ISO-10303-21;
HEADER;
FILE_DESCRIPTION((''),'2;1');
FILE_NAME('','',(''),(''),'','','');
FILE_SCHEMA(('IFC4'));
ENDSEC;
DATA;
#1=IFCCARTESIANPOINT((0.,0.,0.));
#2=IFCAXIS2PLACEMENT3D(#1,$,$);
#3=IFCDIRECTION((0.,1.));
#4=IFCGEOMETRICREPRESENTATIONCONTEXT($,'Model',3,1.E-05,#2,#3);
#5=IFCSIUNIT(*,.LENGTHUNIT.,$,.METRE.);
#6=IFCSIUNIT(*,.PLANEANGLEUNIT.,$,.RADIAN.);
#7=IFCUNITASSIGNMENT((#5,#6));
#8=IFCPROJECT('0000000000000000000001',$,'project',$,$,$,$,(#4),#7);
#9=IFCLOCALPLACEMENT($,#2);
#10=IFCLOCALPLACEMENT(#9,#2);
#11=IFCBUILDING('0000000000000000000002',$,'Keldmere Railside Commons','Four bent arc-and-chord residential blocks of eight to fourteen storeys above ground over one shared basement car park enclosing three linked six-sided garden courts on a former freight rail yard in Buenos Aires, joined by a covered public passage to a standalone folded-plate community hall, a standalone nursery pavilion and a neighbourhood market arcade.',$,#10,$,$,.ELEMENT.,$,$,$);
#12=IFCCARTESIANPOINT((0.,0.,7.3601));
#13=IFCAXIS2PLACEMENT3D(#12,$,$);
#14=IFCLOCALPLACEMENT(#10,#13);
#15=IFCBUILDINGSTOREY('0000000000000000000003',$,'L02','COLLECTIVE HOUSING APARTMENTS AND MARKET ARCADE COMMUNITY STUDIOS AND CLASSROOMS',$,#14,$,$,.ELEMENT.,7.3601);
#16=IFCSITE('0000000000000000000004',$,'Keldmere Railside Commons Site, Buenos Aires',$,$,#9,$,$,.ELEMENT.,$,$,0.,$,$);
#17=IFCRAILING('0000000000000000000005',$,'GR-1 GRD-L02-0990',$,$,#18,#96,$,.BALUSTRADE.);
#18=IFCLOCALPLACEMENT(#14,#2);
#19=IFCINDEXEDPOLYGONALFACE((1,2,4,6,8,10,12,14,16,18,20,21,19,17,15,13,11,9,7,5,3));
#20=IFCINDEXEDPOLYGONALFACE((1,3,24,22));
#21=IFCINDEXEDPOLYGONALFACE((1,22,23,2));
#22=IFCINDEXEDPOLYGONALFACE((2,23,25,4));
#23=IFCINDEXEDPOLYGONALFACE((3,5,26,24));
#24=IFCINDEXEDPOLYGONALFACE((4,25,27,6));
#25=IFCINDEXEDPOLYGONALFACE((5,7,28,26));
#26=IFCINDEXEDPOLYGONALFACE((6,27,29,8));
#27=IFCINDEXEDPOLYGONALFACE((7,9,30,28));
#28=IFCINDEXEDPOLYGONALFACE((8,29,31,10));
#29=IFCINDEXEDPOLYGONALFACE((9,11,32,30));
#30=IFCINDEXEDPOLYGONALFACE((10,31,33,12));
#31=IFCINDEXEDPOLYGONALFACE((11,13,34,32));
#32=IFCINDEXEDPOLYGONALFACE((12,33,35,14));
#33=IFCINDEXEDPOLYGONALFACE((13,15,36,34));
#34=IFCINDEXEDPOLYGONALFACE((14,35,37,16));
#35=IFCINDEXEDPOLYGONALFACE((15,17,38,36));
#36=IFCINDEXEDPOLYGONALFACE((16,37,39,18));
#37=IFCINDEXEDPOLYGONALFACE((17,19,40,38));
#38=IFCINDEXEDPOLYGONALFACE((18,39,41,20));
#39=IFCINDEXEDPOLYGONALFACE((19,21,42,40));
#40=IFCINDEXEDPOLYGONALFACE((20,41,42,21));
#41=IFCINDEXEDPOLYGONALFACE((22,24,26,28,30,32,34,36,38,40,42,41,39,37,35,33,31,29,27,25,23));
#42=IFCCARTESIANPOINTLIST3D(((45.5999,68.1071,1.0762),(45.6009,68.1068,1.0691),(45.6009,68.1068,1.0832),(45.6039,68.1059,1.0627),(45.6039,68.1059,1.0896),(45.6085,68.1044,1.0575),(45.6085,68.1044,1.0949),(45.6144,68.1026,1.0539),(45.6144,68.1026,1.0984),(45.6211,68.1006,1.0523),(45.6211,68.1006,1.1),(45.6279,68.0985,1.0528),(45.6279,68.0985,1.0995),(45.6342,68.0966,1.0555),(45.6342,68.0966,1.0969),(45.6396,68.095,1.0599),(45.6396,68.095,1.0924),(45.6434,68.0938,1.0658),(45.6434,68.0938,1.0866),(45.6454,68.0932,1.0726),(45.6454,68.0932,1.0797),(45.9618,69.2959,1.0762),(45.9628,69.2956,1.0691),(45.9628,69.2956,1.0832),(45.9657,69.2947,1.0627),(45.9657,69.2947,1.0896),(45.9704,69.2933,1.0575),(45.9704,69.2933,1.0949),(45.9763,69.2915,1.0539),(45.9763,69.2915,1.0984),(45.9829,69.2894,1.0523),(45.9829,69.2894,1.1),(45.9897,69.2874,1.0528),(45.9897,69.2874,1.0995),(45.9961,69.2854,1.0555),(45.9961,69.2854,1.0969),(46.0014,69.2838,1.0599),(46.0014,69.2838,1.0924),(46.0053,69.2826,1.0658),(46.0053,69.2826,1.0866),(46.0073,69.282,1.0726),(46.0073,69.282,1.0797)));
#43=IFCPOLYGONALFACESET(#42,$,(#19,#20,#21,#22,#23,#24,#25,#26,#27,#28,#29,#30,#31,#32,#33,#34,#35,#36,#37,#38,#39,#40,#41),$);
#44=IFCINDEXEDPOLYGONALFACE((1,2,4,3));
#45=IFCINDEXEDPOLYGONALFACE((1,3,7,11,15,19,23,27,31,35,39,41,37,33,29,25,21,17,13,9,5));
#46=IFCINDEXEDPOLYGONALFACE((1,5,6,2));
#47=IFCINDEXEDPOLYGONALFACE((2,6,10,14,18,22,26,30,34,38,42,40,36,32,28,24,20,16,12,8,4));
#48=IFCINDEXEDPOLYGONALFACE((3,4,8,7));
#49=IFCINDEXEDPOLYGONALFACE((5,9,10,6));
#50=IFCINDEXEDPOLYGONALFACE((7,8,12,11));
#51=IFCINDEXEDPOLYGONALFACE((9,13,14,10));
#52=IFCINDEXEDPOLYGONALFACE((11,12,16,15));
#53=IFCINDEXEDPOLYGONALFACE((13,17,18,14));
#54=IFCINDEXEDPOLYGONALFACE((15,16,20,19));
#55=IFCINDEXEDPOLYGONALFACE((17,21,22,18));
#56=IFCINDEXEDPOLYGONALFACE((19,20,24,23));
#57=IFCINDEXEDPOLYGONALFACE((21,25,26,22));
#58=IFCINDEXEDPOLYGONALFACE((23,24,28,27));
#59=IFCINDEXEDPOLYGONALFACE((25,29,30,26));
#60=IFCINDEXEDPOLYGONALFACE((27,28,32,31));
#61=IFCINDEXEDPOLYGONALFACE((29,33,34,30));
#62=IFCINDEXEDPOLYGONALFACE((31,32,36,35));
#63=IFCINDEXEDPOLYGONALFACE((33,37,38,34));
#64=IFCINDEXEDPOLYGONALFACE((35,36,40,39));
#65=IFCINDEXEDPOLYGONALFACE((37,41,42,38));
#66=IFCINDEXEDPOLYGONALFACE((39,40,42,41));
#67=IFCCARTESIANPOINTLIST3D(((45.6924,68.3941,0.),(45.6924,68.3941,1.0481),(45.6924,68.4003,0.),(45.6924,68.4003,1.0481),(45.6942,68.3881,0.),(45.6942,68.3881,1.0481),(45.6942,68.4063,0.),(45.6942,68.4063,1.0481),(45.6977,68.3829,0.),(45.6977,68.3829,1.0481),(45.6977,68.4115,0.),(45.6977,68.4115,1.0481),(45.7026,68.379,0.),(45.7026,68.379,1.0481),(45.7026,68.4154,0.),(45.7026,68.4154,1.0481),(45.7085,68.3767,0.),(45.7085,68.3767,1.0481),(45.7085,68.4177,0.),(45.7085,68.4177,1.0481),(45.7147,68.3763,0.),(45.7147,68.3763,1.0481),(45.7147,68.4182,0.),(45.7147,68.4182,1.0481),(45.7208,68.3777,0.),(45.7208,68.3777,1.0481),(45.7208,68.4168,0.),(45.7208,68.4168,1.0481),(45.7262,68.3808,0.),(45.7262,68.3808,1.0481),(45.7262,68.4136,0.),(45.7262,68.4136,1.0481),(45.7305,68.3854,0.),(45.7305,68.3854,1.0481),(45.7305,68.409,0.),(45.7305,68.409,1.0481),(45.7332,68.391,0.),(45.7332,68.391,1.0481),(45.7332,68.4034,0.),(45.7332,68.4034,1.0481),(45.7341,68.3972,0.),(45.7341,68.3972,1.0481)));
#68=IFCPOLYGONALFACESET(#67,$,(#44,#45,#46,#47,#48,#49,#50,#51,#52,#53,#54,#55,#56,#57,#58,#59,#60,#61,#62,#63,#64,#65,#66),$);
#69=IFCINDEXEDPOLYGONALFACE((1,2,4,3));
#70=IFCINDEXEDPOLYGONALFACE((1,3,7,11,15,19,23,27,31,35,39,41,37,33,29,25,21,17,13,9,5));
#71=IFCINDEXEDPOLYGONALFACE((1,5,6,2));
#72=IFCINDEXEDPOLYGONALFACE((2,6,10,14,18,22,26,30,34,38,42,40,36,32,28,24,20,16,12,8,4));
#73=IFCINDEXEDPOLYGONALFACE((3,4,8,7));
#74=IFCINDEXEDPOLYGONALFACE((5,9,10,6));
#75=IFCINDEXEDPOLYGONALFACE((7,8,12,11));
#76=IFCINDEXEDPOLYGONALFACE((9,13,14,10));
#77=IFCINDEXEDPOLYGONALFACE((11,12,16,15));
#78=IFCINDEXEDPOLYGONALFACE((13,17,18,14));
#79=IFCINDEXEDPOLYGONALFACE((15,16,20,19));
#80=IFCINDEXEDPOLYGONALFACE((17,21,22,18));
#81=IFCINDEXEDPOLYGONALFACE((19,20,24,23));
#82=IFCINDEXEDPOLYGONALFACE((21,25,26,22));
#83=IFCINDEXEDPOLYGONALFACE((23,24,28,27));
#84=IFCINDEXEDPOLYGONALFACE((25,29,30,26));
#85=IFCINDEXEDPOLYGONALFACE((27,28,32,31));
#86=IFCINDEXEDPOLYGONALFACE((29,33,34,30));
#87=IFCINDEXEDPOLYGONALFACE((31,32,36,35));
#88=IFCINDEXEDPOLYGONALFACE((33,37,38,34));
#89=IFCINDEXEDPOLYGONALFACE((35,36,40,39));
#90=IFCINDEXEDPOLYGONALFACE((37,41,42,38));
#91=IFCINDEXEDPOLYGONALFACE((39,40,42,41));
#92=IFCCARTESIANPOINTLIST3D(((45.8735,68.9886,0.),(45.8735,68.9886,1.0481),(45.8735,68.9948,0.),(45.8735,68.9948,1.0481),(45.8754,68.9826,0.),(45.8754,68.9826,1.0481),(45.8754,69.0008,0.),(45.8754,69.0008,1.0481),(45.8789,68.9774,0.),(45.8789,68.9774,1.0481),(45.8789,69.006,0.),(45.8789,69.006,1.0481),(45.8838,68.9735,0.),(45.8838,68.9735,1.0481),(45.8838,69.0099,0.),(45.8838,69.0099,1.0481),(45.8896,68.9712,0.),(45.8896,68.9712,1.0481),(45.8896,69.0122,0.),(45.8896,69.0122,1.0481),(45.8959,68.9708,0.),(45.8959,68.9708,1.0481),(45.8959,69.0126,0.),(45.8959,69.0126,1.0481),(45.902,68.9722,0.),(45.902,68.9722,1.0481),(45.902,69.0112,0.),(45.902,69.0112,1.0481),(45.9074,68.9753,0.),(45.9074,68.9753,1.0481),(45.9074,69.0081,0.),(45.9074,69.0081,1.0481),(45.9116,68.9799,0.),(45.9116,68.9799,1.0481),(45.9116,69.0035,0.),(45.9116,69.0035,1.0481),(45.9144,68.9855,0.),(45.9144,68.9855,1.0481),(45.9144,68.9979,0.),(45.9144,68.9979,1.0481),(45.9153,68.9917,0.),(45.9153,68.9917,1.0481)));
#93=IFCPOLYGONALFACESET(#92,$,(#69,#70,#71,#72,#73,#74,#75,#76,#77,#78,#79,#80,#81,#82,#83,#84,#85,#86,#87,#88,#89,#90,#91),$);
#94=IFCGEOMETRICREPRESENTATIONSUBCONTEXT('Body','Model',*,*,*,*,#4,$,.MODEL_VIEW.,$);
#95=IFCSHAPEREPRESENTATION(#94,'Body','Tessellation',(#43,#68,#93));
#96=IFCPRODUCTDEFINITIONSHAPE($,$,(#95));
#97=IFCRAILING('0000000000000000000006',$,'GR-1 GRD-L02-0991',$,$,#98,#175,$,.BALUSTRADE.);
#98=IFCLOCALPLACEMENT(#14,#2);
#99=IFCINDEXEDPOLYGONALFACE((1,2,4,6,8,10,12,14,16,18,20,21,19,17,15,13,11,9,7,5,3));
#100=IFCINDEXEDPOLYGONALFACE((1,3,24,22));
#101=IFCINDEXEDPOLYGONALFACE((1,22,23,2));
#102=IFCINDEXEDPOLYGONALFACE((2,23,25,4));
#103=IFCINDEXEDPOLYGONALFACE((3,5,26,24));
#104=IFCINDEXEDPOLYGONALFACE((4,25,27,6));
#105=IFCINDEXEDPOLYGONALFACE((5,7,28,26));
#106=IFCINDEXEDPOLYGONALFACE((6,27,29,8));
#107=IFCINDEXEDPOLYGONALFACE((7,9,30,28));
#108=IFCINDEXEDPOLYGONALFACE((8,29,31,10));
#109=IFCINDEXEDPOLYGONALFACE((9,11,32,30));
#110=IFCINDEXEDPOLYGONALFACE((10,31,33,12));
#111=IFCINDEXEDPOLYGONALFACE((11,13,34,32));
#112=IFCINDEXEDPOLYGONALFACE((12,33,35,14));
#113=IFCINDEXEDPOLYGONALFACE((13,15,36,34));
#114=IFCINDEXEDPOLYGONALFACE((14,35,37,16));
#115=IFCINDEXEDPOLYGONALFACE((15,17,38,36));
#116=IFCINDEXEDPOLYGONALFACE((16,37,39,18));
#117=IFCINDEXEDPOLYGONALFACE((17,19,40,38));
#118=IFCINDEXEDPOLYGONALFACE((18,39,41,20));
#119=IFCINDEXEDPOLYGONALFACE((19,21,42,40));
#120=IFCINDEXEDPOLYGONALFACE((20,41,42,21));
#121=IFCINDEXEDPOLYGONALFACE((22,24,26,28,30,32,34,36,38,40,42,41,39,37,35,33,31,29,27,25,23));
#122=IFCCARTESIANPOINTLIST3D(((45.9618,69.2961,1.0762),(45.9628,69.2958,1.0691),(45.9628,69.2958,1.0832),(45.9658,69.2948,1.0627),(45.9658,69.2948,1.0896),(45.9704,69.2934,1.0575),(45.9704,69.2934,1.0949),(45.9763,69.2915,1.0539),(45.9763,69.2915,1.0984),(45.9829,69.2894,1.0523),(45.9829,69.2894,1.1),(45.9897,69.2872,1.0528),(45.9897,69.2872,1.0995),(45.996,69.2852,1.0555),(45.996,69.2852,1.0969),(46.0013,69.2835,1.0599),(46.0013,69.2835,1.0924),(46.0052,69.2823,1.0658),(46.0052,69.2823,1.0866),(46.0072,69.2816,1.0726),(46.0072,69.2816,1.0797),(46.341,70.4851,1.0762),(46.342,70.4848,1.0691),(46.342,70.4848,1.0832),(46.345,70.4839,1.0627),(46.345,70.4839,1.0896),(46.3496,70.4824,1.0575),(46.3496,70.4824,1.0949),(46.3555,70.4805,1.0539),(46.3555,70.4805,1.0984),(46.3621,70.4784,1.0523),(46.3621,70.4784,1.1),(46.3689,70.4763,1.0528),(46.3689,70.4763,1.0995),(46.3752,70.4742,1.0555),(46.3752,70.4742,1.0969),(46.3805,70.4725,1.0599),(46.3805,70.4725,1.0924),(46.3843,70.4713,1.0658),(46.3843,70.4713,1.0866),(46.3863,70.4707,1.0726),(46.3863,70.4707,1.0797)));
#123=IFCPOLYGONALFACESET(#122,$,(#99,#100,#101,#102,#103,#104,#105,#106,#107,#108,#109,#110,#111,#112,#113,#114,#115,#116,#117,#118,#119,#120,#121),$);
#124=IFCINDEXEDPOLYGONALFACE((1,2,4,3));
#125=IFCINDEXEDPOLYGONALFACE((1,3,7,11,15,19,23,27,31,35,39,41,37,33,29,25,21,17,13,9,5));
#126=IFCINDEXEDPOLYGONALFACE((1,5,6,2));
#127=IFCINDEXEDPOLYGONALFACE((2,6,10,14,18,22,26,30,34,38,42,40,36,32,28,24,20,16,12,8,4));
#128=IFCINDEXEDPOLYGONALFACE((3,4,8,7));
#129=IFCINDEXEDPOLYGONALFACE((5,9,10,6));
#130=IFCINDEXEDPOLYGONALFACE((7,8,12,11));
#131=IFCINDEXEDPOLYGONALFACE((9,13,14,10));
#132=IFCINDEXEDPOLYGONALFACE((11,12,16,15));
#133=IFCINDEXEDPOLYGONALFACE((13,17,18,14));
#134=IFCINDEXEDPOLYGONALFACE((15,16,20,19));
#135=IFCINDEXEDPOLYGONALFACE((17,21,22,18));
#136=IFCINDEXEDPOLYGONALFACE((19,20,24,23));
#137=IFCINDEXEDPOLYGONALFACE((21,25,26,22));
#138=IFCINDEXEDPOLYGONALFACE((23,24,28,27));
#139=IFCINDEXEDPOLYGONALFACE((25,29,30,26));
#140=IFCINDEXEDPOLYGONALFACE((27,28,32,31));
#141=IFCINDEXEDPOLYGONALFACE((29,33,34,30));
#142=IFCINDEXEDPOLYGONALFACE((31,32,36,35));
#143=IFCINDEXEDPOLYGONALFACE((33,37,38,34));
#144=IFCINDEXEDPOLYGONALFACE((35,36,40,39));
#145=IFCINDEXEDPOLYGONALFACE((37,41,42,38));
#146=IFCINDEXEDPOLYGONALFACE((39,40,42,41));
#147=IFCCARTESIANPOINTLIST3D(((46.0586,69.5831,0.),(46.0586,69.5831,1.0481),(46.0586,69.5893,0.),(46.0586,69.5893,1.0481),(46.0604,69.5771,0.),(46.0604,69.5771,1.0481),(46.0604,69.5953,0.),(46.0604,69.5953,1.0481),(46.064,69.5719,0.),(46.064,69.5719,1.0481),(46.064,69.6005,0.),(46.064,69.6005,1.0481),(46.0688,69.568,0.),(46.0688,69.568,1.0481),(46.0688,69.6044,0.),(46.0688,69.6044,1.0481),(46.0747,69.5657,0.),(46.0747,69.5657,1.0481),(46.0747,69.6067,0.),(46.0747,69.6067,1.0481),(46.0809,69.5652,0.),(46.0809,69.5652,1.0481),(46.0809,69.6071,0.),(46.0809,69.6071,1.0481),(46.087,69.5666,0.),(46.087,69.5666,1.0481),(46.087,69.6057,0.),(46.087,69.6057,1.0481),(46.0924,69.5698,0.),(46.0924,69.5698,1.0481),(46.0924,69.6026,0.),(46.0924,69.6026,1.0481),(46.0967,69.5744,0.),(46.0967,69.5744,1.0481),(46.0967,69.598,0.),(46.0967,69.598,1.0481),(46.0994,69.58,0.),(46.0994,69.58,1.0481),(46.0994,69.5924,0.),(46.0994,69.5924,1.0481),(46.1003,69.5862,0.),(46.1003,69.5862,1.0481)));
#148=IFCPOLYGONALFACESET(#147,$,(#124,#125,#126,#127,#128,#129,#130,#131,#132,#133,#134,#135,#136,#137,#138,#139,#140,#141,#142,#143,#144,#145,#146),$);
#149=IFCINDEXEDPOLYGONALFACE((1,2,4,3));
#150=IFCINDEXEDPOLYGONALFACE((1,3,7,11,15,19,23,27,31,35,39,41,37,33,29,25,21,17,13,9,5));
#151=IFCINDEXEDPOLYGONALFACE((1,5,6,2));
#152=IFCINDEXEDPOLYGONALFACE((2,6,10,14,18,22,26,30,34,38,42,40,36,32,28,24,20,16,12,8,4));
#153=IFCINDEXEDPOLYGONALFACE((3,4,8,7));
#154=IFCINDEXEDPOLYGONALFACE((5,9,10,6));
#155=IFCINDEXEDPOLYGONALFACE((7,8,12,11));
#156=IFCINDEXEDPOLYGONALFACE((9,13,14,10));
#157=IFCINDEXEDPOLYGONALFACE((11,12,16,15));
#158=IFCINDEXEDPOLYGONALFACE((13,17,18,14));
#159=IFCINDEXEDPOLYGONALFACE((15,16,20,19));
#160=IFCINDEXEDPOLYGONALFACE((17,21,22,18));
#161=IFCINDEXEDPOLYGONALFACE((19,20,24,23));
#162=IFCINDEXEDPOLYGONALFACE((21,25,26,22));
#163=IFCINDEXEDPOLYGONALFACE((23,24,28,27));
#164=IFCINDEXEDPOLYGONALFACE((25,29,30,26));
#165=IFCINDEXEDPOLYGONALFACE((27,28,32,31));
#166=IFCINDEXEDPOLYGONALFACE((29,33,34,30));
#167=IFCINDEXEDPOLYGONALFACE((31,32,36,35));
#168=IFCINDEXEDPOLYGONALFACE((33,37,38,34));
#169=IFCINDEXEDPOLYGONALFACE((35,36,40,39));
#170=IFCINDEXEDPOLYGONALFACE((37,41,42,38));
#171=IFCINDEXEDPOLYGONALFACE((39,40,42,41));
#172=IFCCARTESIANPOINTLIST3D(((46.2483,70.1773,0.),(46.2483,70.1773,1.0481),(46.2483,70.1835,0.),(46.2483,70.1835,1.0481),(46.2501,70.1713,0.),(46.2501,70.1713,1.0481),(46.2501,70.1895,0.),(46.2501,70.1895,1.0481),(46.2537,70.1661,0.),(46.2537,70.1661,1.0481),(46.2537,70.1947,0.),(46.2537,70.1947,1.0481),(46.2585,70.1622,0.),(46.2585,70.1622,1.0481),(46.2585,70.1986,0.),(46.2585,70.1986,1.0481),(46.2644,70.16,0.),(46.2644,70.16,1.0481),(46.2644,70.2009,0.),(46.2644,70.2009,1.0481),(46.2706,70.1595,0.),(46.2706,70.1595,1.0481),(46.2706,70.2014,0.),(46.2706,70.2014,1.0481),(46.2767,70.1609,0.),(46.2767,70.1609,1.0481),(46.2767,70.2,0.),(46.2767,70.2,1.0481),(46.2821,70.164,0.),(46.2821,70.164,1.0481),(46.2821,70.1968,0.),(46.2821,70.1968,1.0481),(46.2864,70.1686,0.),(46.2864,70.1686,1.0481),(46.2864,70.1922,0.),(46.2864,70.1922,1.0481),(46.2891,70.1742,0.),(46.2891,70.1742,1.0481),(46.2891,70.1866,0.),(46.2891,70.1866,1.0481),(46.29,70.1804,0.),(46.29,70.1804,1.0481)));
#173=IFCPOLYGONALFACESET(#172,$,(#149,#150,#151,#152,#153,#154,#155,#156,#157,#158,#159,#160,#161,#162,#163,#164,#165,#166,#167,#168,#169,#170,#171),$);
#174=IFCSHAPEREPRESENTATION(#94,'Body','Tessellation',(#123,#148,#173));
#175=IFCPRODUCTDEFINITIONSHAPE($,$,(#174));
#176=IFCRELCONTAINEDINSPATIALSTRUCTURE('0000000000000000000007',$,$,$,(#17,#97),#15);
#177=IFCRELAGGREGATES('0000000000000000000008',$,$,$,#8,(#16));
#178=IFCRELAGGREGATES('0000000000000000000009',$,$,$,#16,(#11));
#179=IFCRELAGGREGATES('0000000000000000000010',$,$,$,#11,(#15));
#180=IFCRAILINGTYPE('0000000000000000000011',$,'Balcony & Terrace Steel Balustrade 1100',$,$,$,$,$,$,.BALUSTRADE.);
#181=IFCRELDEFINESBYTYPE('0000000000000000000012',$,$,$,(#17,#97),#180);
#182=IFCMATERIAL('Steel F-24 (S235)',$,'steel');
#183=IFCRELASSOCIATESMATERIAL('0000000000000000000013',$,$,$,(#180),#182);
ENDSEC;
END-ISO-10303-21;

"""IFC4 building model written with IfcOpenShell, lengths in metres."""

from ifc_helpers import new_model, si_unit, direction, frame, origin, origin_2d, place, context, subcontext, project, spatial, circle, extrude, material, type_object, element, save


model = new_model("IFC4")

# Units and contexts
model_context = context("Model", 3, precision=1e-05, world=origin(), true_north=direction((0.0, 1.0)))
body_context = subcontext(model_context, "Body", "Model", "MODEL_VIEW")
ifc_project = project(units=[si_unit("LENGTHUNIT", "METRE"), si_unit("PLANEANGLEUNIT", "RADIAN")], contexts=[model_context])

# Site, building, storey
site_placement = place(None, origin())
site = spatial("IfcSite", under=ifc_project, at=site_placement, Name="Keldmere Railside Commons Site, Buenos Aires", CompositionType="ELEMENT", RefElevation=0.0)
building_placement = place(site_placement, origin())
building = spatial("IfcBuilding", under=site, at=building_placement, Name="Keldmere Railside Commons", Description="Four bent arc-and-chord residential blocks of eight to fourteen storeys above ground over one shared basement car park enclosing three linked six-sided garden courts on a former freight rail yard in Buenos Aires, joined by a covered public passage to a standalone folded-plate community hall, a standalone nursery pavilion and a neighbourhood market arcade.", CompositionType="ELEMENT")
storey_placement = place(building_placement, frame((0.0, 0.0, 7.3601)))
storey = spatial("IfcBuildingStorey", under=building, at=storey_placement, Name="L02", Description="COLLECTIVE HOUSING APARTMENTS AND MARKET ARCADE COMMUNITY STUDIOS AND CLASSROOMS", CompositionType="ELEMENT", Elevation=7.3601)

# Shared definitions
ifc_material_1 = material(Name="Steel F-24 (S235)", Category="steel")

# Railings
railing_type_1 = type_object("IfcRailingType", Name="Balcony & Terrace Steel Balustrade 1100", PredefinedType="BALUSTRADE", material=ifc_material_1)
railing_1_placement = place(storey_placement, frame((45.6228, 68.1001, 0.0)))
element("IfcRailing", 1, at=railing_1_placement, inside=storey, type_object=railing_type_1, Name="GR-1 GRD-L02-0990", PredefinedType="BALUSTRADE", context=body_context, shape_type="SweptSolid", body=[
    extrude(circle(Radius=0.0239, at=origin_2d()), frame((0.0, 0.0, 1.0762), z_axis=(0.291185, 0.956667, 0.0), x_axis=(-0.956667, 0.291185, 0.0)), (0.0, 0.0, 1.0), 1.2427),
    extrude(circle(Radius=0.021, at=origin_2d()), frame((0.0903, 0.2971, 0.0)), (0.0, 0.0, 1.0), 1.0481),
    extrude(circle(Radius=0.021, at=origin_2d()), frame((0.2715, 0.8916, 0.0)), (0.0, 0.0, 1.0), 1.0481),
])
railing_2_placement = place(storey_placement, frame((45.9846, 69.2888, 0.0)))
element("IfcRailing", 2, at=railing_2_placement, inside=storey, type_object=railing_type_1, Name="GR-1 GRD-L02-0991", PredefinedType="BALUSTRADE", context=body_context, shape_type="SweptSolid", body=[
    extrude(circle(Radius=0.0239, at=origin_2d()), frame((0.0, 0.0, 1.0762), z_axis=(0.303817, 0.95273, 0.0), x_axis=(-0.95273, 0.303817, 0.0)), (0.0, 0.0, 1.0), 1.248),
    extrude(circle(Radius=0.021, at=origin_2d()), frame((0.0947, 0.2974, 0.0)), (0.0, 0.0, 1.0), 1.0481),
    extrude(circle(Radius=0.021, at=origin_2d()), frame((0.2844, 0.8916, 0.0)), (0.0, 0.0, 1.0), 1.0481),
])

save(model, "model.ifc")
